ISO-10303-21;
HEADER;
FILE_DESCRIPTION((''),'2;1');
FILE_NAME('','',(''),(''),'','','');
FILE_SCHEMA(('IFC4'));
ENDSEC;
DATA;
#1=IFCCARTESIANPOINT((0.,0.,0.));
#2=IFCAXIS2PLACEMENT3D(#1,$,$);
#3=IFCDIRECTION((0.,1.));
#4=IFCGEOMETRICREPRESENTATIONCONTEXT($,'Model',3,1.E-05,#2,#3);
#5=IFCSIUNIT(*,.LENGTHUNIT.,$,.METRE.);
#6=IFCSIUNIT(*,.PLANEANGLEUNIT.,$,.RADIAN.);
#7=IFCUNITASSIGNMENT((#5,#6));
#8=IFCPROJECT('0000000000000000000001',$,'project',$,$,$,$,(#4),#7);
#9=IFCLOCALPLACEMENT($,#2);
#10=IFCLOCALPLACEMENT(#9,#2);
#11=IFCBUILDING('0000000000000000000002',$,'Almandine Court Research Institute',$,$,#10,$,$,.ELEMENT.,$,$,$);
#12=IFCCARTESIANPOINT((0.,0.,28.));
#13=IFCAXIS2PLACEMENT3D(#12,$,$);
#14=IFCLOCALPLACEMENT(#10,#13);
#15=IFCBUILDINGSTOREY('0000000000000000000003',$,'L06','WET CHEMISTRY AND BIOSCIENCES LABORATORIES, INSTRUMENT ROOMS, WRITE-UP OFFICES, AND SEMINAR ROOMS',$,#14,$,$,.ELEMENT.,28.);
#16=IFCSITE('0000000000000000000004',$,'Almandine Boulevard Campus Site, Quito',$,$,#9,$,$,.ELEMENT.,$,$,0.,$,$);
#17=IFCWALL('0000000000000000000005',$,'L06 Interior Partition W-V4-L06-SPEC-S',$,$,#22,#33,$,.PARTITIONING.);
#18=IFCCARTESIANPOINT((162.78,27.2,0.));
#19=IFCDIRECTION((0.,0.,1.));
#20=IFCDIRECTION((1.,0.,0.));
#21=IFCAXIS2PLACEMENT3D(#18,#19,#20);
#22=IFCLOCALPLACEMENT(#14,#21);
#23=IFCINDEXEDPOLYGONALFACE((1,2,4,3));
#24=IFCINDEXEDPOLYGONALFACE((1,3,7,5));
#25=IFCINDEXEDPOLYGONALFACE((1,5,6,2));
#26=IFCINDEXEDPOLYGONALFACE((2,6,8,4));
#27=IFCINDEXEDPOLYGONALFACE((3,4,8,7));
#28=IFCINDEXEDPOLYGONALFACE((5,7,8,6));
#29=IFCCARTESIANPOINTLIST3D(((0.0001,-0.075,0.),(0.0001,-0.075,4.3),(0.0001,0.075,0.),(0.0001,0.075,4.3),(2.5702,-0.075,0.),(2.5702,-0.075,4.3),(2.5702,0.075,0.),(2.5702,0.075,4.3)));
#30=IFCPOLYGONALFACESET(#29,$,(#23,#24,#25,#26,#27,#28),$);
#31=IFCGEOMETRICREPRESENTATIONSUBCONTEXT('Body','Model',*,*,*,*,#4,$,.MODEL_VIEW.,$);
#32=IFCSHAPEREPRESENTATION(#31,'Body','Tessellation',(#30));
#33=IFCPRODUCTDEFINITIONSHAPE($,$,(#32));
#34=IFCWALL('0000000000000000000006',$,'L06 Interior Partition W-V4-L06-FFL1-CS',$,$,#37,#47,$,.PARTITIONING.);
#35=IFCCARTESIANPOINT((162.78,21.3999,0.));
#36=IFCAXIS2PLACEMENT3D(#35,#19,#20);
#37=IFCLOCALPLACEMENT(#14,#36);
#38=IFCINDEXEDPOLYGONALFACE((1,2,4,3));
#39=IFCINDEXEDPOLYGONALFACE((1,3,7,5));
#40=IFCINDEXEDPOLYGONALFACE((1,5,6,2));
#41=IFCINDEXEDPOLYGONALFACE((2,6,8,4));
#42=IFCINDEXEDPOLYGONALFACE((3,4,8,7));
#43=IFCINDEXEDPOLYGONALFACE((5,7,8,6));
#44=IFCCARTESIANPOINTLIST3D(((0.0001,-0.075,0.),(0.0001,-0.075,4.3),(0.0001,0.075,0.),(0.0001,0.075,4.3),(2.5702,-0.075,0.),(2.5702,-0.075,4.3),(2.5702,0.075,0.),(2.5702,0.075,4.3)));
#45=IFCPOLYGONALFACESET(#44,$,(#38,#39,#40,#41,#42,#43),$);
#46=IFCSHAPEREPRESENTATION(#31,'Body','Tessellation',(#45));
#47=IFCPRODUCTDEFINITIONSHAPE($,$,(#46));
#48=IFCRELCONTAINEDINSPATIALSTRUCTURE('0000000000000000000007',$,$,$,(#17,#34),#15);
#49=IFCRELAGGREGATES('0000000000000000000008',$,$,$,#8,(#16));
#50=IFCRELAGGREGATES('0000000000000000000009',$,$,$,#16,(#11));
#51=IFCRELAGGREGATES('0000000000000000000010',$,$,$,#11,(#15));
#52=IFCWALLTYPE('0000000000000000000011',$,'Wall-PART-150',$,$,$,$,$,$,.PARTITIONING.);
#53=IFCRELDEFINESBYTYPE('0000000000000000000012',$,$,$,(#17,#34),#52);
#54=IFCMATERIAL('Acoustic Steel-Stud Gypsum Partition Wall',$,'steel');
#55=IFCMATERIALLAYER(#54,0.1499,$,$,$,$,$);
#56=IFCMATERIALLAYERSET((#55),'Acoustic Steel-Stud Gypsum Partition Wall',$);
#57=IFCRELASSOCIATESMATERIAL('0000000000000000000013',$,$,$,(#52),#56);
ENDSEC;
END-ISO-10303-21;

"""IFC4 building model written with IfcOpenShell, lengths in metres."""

from ifc_helpers import new_model, si_unit, direction, frame, frame_2d, origin, place, context, subcontext, project, spatial, rectangle, extrude, material, layer, layer_set, type_object, element, save


model = new_model("IFC4")

# Units and contexts
model_context = context("Model", 3, precision=1e-05, world=origin(), true_north=direction((0.0, 1.0)))
body_context = subcontext(model_context, "Body", "Model", "MODEL_VIEW")
ifc_project = project(units=[si_unit("LENGTHUNIT", "METRE"), si_unit("PLANEANGLEUNIT", "RADIAN")], contexts=[model_context])

# Site, building, storey
site_placement = place(None, origin())
site = spatial("IfcSite", under=ifc_project, at=site_placement, Name="Almandine Boulevard Campus Site, Quito", CompositionType="ELEMENT", RefElevation=0.0)
building_placement = place(site_placement, origin())
building = spatial("IfcBuilding", under=site, at=building_placement, Name="Almandine Court Research Institute", CompositionType="ELEMENT")
storey_placement = place(building_placement, frame((0.0, 0.0, 28.0)))
storey = spatial("IfcBuildingStorey", under=building, at=storey_placement, Name="L06", Description="WET CHEMISTRY AND BIOSCIENCES LABORATORIES, INSTRUMENT ROOMS, WRITE-UP OFFICES, AND SEMINAR ROOMS", CompositionType="ELEMENT", Elevation=28.0)

# Shared definitions
ifc_material_1 = material(Name="Acoustic Steel-Stud Gypsum Partition Wall", Category="steel")
ifc_layer_1 = layer(ifc_material_1, 0.1499)
ifc_layer_set_1 = layer_set([ifc_layer_1], Name="Acoustic Steel-Stud Gypsum Partition Wall")
wall_type_1 = type_object("IfcWallType", Name="Wall-PART-150", PredefinedType="PARTITIONING", material=ifc_layer_set_1)

# Wall
wall_1_placement = place(storey_placement, frame((162.78, 27.2, 0.0), z_axis=(0.0, 0.0, 1.0), x_axis=(1.0, 0.0, 0.0)))
element("IfcWall", 1, at=wall_1_placement, inside=storey, type_object=wall_type_1, Name="L06 Interior Partition W-V4-L06-SPEC-S", PredefinedType="PARTITIONING", context=body_context, shape_type="SweptSolid", body=[
    extrude(rectangle(XDim=2.5701, YDim=0.1499, at=frame_2d((1.2852, 0.0))), origin(), (0.0, 0.0, 1.0), 4.3),
])

# Wall
wall_2_placement = place(storey_placement, frame((162.78, 21.3999, 0.0), z_axis=(0.0, 0.0, 1.0), x_axis=(1.0, 0.0, 0.0)))
element("IfcWall", 2, at=wall_2_placement, inside=storey, type_object=wall_type_1, Name="L06 Interior Partition W-V4-L06-FFL1-CS", PredefinedType="PARTITIONING", context=body_context, shape_type="SweptSolid", body=[
    extrude(rectangle(XDim=2.5701, YDim=0.1499, at=frame_2d((1.2852, 0.0))), origin(), (0.0, 0.0, 1.0), 4.3),
])

save(model, "model.ifc")
